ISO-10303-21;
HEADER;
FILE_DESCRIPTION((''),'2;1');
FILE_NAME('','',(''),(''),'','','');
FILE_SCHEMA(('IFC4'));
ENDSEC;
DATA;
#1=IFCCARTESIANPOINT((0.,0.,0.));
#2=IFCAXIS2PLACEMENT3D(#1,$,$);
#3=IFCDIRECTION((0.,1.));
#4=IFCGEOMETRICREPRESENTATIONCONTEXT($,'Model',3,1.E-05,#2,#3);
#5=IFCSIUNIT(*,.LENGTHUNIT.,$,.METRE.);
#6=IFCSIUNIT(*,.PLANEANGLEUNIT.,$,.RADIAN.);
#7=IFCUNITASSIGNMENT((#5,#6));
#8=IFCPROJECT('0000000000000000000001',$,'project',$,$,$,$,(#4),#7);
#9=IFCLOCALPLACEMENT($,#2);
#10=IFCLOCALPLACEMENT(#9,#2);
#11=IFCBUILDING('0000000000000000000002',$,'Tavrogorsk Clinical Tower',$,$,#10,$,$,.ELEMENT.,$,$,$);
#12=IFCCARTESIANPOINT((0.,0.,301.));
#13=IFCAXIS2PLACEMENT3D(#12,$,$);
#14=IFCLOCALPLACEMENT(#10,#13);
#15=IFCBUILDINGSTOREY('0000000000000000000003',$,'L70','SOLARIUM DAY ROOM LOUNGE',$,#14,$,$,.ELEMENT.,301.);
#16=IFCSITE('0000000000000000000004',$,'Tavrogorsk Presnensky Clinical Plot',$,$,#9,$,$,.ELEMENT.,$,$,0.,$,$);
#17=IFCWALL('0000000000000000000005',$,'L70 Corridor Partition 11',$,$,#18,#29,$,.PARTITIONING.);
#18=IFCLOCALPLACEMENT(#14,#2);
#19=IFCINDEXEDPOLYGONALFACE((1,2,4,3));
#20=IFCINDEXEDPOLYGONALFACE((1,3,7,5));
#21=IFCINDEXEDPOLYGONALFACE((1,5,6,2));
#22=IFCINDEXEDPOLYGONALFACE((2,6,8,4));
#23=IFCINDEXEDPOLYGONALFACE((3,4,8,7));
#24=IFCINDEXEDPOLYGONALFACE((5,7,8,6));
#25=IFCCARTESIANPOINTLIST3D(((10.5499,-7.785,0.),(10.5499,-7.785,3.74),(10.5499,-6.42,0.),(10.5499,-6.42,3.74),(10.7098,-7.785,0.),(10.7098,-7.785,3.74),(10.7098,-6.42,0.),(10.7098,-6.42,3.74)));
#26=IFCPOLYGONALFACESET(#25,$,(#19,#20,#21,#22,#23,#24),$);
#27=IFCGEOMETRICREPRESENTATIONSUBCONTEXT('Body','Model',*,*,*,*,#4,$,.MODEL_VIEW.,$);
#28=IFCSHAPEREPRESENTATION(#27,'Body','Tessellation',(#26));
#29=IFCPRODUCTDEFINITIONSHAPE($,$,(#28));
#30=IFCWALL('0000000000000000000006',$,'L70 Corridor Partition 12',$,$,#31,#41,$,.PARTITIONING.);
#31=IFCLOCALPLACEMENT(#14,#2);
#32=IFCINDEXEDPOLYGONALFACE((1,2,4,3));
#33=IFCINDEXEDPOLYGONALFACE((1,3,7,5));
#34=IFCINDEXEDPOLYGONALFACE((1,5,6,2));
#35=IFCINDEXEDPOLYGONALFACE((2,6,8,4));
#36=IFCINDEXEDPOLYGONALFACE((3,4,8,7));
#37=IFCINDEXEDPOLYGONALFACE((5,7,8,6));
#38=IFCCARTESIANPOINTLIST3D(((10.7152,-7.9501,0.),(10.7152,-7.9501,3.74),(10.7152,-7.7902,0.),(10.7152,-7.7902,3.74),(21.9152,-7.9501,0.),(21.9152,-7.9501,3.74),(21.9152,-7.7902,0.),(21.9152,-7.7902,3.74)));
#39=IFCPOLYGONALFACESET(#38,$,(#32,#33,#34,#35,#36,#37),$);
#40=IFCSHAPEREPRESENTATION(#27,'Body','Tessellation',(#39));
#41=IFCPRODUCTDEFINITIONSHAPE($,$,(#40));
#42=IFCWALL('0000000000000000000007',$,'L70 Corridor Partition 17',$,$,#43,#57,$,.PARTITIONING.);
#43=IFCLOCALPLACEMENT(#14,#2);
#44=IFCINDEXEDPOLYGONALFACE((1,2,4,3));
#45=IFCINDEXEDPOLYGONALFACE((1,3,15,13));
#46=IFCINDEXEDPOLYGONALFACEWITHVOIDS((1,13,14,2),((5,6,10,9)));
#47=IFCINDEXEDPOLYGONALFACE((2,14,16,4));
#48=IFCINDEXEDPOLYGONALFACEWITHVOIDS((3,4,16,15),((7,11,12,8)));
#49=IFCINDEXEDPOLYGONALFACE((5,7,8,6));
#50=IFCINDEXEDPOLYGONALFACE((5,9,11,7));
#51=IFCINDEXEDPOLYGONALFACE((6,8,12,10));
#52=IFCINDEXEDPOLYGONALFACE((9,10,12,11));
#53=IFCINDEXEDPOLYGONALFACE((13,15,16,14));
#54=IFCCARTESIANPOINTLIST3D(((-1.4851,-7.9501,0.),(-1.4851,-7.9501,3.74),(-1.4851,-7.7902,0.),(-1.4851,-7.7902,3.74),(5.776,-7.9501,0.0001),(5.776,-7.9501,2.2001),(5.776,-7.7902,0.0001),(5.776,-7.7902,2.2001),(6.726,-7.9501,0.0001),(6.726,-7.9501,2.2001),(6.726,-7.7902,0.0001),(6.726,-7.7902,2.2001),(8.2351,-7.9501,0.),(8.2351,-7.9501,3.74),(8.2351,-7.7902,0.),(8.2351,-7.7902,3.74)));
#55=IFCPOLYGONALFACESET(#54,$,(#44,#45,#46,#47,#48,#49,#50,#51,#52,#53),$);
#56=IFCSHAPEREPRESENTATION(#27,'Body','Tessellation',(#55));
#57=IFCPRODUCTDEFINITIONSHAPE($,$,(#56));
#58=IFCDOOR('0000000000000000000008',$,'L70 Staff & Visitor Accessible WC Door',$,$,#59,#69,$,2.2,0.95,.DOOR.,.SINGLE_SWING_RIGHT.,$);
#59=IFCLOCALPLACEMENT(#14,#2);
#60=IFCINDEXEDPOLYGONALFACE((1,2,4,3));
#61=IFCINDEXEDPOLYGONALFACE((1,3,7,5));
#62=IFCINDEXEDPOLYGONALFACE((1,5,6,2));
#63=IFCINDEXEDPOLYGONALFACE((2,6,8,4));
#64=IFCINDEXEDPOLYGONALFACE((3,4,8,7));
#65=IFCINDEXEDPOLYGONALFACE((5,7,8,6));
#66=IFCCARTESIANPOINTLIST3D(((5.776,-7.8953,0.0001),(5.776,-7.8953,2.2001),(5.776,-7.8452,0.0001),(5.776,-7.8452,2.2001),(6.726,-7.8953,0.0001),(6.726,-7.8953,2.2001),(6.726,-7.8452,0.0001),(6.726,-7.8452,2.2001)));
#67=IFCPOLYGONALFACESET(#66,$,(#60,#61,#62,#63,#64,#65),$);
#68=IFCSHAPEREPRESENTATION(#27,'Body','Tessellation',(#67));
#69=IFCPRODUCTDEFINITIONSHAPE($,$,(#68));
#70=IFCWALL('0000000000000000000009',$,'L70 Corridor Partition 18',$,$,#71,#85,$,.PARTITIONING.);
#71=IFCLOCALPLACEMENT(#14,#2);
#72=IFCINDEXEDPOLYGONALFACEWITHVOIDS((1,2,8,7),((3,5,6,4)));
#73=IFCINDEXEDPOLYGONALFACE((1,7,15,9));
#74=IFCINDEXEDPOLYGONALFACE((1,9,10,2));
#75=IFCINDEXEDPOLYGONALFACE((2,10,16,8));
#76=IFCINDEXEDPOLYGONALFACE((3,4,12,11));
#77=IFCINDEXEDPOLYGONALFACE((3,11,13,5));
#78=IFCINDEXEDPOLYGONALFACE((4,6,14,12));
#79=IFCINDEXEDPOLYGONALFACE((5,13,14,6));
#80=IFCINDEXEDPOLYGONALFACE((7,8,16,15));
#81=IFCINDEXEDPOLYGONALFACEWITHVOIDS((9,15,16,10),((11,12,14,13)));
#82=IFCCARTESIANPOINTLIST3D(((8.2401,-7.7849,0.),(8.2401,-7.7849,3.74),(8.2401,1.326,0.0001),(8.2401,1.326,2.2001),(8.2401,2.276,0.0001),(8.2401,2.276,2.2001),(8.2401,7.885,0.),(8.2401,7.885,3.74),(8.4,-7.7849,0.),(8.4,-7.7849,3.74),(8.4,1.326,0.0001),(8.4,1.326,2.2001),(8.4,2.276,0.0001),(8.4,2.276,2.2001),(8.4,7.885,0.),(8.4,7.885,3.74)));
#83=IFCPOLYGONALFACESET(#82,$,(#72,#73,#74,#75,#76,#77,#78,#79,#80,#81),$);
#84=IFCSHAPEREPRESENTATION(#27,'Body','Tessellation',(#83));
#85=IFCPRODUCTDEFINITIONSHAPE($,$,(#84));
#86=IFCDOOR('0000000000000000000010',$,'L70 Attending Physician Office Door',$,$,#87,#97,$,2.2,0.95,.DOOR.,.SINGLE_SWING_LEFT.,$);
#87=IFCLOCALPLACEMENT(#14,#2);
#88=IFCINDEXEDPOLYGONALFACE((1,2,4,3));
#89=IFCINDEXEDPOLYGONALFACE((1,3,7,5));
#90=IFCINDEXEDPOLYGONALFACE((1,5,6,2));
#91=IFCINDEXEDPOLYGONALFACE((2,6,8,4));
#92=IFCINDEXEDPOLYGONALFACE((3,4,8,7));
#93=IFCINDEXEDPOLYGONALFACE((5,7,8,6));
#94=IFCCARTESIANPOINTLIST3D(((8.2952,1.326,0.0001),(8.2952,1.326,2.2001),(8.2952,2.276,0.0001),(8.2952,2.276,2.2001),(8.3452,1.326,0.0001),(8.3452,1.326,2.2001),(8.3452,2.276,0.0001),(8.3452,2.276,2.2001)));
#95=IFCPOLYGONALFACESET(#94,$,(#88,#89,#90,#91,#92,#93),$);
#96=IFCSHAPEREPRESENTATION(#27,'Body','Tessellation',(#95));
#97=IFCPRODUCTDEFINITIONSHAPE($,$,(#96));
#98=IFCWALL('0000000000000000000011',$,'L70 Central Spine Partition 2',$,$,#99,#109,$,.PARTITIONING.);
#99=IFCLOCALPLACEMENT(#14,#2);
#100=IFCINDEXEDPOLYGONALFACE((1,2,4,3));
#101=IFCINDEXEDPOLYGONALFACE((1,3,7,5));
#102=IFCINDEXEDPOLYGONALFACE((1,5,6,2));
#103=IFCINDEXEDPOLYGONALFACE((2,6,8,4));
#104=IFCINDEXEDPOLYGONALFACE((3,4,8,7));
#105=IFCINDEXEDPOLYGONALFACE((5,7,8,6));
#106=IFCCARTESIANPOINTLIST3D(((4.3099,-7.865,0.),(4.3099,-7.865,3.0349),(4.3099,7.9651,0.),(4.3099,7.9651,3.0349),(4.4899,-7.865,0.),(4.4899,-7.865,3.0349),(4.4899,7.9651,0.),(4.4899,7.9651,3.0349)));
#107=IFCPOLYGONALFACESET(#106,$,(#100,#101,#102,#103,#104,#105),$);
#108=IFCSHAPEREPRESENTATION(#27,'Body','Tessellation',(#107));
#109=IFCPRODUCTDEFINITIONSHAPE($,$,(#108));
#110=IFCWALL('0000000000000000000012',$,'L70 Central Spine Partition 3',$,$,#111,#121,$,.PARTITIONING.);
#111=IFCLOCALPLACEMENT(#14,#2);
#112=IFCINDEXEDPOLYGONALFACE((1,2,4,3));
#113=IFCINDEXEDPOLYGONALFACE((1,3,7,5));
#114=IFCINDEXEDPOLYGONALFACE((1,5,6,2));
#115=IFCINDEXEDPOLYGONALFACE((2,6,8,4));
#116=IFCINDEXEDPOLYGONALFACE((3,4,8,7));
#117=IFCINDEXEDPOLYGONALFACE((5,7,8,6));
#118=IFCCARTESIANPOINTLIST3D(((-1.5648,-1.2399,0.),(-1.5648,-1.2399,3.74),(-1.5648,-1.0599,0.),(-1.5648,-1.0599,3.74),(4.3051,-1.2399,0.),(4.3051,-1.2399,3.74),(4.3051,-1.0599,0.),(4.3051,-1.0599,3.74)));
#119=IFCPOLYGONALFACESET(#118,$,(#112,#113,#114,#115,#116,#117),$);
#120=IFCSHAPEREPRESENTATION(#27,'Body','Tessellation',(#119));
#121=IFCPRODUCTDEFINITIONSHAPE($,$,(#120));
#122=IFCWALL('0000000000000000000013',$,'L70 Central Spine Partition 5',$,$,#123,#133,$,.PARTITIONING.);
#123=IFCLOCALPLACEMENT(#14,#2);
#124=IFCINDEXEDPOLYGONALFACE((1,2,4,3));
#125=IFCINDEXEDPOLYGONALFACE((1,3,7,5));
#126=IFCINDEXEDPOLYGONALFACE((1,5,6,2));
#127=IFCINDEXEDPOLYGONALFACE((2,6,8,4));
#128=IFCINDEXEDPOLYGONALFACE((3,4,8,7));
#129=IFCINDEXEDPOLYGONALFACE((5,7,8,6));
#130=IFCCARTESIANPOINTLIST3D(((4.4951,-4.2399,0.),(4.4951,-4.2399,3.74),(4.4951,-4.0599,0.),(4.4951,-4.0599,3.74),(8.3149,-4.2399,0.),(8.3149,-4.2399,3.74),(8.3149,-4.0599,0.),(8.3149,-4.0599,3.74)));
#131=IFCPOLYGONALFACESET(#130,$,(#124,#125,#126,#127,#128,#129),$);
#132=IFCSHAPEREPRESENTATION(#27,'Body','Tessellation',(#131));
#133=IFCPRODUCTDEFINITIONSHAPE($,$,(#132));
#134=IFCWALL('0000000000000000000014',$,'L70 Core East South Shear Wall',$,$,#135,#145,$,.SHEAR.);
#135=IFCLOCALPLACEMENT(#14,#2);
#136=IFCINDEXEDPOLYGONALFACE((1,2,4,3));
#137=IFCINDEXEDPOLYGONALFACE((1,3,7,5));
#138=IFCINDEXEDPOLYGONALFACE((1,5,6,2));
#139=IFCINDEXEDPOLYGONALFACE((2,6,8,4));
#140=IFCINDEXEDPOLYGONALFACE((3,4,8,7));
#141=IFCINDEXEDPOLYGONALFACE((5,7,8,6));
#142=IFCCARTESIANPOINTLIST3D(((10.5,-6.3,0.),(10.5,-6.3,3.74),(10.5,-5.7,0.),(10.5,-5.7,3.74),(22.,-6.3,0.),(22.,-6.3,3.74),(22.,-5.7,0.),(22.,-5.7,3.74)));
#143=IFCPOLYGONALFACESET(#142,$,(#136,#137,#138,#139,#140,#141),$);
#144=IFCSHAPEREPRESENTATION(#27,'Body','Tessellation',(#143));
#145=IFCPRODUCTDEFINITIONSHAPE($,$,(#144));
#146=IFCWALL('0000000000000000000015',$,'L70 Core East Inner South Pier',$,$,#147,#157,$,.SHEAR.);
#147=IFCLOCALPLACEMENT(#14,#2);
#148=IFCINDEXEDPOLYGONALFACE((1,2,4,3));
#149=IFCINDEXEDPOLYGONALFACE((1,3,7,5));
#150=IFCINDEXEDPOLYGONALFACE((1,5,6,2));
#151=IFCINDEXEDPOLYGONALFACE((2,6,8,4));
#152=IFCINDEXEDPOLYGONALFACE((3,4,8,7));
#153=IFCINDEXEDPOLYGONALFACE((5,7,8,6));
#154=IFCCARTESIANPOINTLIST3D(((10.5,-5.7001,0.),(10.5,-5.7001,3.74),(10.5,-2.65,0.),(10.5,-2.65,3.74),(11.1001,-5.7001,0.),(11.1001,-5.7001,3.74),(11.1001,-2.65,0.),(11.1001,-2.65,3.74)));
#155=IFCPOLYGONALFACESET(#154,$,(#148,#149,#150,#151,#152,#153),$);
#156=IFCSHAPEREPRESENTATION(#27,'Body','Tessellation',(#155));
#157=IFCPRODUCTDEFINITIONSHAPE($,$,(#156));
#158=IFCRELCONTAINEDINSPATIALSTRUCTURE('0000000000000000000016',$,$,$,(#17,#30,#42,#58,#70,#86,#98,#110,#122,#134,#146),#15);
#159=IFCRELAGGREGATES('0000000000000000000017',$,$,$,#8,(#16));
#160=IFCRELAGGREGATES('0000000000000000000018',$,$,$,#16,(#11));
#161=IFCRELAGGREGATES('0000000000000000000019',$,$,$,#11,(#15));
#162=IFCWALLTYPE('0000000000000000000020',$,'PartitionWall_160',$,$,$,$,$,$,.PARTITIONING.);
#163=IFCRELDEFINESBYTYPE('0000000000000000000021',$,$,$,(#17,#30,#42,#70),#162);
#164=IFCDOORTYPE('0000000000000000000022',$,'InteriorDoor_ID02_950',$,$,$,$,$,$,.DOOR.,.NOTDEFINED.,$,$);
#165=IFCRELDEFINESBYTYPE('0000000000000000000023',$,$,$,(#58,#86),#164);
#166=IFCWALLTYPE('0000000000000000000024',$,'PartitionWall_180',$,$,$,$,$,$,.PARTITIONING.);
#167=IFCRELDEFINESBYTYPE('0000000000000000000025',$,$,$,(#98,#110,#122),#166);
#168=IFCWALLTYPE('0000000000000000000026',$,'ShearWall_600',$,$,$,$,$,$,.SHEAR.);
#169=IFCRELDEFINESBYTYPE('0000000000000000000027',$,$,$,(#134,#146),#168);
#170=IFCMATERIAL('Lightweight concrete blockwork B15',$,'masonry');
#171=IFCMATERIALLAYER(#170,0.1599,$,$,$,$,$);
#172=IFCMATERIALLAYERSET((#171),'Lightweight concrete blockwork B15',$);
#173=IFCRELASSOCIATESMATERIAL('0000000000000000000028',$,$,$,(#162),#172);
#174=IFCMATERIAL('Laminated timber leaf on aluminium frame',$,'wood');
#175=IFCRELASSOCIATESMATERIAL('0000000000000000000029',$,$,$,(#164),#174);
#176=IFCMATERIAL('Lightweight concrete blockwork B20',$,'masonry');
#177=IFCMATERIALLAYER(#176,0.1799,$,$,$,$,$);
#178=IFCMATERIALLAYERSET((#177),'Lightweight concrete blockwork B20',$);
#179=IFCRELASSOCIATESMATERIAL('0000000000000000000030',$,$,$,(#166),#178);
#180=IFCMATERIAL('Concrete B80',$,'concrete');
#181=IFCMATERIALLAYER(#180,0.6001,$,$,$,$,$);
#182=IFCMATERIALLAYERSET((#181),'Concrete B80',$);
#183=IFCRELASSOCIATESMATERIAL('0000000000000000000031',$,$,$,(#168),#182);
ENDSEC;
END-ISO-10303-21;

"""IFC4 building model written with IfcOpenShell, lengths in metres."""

from ifc_helpers import new_model, si_unit, direction, frame, frame_2d, origin, place, context, subcontext, project, spatial, rectangle, extrude, material, layer, layer_set, type_object, element, fill, save


model = new_model("IFC4")

# Units and contexts
model_context = context("Model", 3, precision=1e-05, world=origin(), true_north=direction((0.0, 1.0)))
body_context = subcontext(model_context, "Body", "Model", "MODEL_VIEW")
ifc_project = project(units=[si_unit("LENGTHUNIT", "METRE"), si_unit("PLANEANGLEUNIT", "RADIAN")], contexts=[model_context])

# Site, building, storey
site_placement = place(None, origin())
site = spatial("IfcSite", under=ifc_project, at=site_placement, Name="Tavrogorsk Presnensky Clinical Plot", CompositionType="ELEMENT", RefElevation=0.0)
building_placement = place(site_placement, origin())
building = spatial("IfcBuilding", under=site, at=building_placement, Name="Tavrogorsk Clinical Tower", CompositionType="ELEMENT")
storey_placement = place(building_placement, frame((0.0, 0.0, 301.0)))
storey = spatial("IfcBuildingStorey", under=building, at=storey_placement, Name="L70", Description="SOLARIUM DAY ROOM LOUNGE", CompositionType="ELEMENT", Elevation=301.0)

# Shared definitions
ifc_material_1 = material(Name="Lightweight concrete blockwork B15", Category="masonry")
ifc_layer_1 = layer(ifc_material_1, 0.1599)
ifc_layer_set_1 = layer_set([ifc_layer_1], Name="Lightweight concrete blockwork B15")
wall_type_1 = type_object("IfcWallType", Name="PartitionWall_160", PredefinedType="PARTITIONING", material=ifc_layer_set_1)
ifc_material_2 = material(Name="Laminated timber leaf on aluminium frame", Category="wood")
door_type_1 = type_object("IfcDoorType", Name="InteriorDoor_ID02_950", OperationType="NOTDEFINED", PredefinedType="DOOR", material=ifc_material_2)

# Walls
wall_1_placement = place(storey_placement, frame((10.6299, -6.4199, 0.0), z_axis=(0.0, 0.0, 1.0), x_axis=(0.0, -1.0, 0.0)))
element("IfcWall", 1, at=wall_1_placement, inside=storey, type_object=wall_type_1, Name="L70 Corridor Partition 11", PredefinedType="PARTITIONING", context=body_context, shape_type="SweptSolid", body=[
    extrude(rectangle(XDim=1.365, YDim=0.1599, at=frame_2d((0.6826, 0.0))), origin(), (0.0, 0.0, 1.0), 3.74),
])
wall_2_placement = place(storey_placement, frame((10.7151, -7.8701, 0.0), z_axis=(0.0, 0.0, 1.0), x_axis=(1.0, 0.0, 0.0)))
element("IfcWall", 2, at=wall_2_placement, inside=storey, type_object=wall_type_1, Name="L70 Corridor Partition 12", PredefinedType="PARTITIONING", context=body_context, shape_type="SweptSolid", body=[
    extrude(rectangle(XDim=11.2, YDim=0.1599, at=frame_2d((5.6001, 0.0))), origin(), (0.0, 0.0, 1.0), 3.74),
])

# Walls, openings, doors
wall_3_placement = place(storey_placement, frame((-1.4851, -7.8701, 0.0), z_axis=(0.0, 0.0, 1.0), x_axis=(1.0, 0.0, 0.0)))
wall_3 = element("IfcWall", 3, at=wall_3_placement, inside=storey, type_object=wall_type_1, Name="L70 Corridor Partition 17", PredefinedType="PARTITIONING", context=body_context, shape_type="SweptSolid", body=[
    extrude(rectangle(XDim=9.7202, YDim=0.1599, at=frame_2d((4.8601, 0.0))), origin(), (0.0, 0.0, 1.0), 3.74),
])
opening_1_placement = place(wall_3_placement, frame((7.261, 0.0, 0.0)))
opening_1 = element("IfcOpeningElement", 4, at=opening_1_placement, cuts=wall_3, PredefinedType="OPENING", context=body_context, shape_type="SweptSolid", body=[
    extrude(rectangle(XDim=0.95, YDim=2.2, at=frame_2d((0.4751, 1.1001))), frame((0.0, 0.0898, 0.0), z_axis=(0.0, -1.0, 0.0), x_axis=(1.0, 0.0, 0.0)), (0.0, 0.0, 1.0), 0.1799),
])
door_1_placement = place(opening_1_placement, origin())
door_1 = element("IfcDoor", 5, at=door_1_placement, inside=storey, type_object=door_type_1, Name="L70 Staff & Visitor Accessible WC Door", OperationType="SINGLE_SWING_RIGHT", OverallHeight=2.2, OverallWidth=0.95, PredefinedType="DOOR", context=body_context, shape_type="SweptSolid", body=[
    extrude(rectangle(XDim=0.95, YDim=2.2, at=frame_2d((0.4751, 1.1001))), frame((0.0, 0.0249, 0.0), z_axis=(0.0, -1.0, 0.0), x_axis=(1.0, 0.0, 0.0)), (0.0, 0.0, 1.0), 0.05),
])
fill(opening_1, door_1)
wall_4_placement = place(storey_placement, frame((8.3201, -7.7849, 0.0), z_axis=(0.0, 0.0, 1.0), x_axis=(0.0, 1.0, 0.0)))
wall_4 = element("IfcWall", 6, at=wall_4_placement, inside=storey, type_object=wall_type_1, Name="L70 Corridor Partition 18", PredefinedType="PARTITIONING", context=body_context, shape_type="SweptSolid", body=[
    extrude(rectangle(XDim=15.6699, YDim=0.1599, at=frame_2d((7.835, 0.0))), origin(), (0.0, 0.0, 1.0), 3.74),
])
opening_2_placement = place(wall_4_placement, frame((9.1108, 0.0, 0.0)))
opening_2 = element("IfcOpeningElement", 7, at=opening_2_placement, cuts=wall_4, PredefinedType="OPENING", context=body_context, shape_type="SweptSolid", body=[
    extrude(rectangle(XDim=0.95, YDim=2.2, at=frame_2d((0.4751, 1.1001))), frame((0.0, 0.0898, 0.0), z_axis=(0.0, -1.0, 0.0), x_axis=(1.0, 0.0, 0.0)), (0.0, 0.0, 1.0), 0.1799),
])
door_2_placement = place(opening_2_placement, origin())
door_2 = element("IfcDoor", 8, at=door_2_placement, inside=storey, type_object=door_type_1, Name="L70 Attending Physician Office Door", OperationType="SINGLE_SWING_LEFT", OverallHeight=2.2, OverallWidth=0.95, PredefinedType="DOOR", context=body_context, shape_type="SweptSolid", body=[
    extrude(rectangle(XDim=0.95, YDim=2.2, at=frame_2d((0.4751, 1.1001))), frame((0.0, 0.0249, 0.0), z_axis=(0.0, -1.0, 0.0), x_axis=(1.0, 0.0, 0.0)), (0.0, 0.0, 1.0), 0.05),
])
fill(opening_2, door_2)

# Walls
ifc_material_3 = material(Name="Lightweight concrete blockwork B20", Category="masonry")
ifc_layer_2 = layer(ifc_material_3, 0.1799)
ifc_layer_set_2 = layer_set([ifc_layer_2], Name="Lightweight concrete blockwork B20")
wall_type_2 = type_object("IfcWallType", Name="PartitionWall_180", PredefinedType="PARTITIONING", material=ifc_layer_set_2)
wall_5_placement = place(storey_placement, frame((4.3999, -7.865, 0.0), z_axis=(0.0, 0.0, 1.0), x_axis=(0.0, 1.0, 0.0)))
element("IfcWall", 9, at=wall_5_placement, inside=storey, type_object=wall_type_2, Name="L70 Central Spine Partition 2", PredefinedType="PARTITIONING", context=body_context, shape_type="SweptSolid", body=[
    extrude(rectangle(XDim=15.8301, YDim=0.1799, at=frame_2d((7.915, 0.0))), origin(), (0.0, 0.0, 1.0), 3.0349),
])
wall_6_placement = place(storey_placement, frame((-1.5649, -1.1499, 0.0), z_axis=(0.0, 0.0, 1.0), x_axis=(1.0, 0.0, 0.0)))
element("IfcWall", 10, at=wall_6_placement, inside=storey, type_object=wall_type_2, Name="L70 Central Spine Partition 3", PredefinedType="PARTITIONING", context=body_context, shape_type="SweptSolid", body=[
    extrude(rectangle(XDim=5.8699, YDim=0.1799, at=frame_2d((2.9351, 0.0))), origin(), (0.0, 0.0, 1.0), 3.74),
])
wall_7_placement = place(storey_placement, frame((4.4951, -4.1499, 0.0), z_axis=(0.0, 0.0, 1.0), x_axis=(1.0, 0.0, 0.0)))
element("IfcWall", 11, at=wall_7_placement, inside=storey, type_object=wall_type_2, Name="L70 Central Spine Partition 5", PredefinedType="PARTITIONING", context=body_context, shape_type="SweptSolid", body=[
    extrude(rectangle(XDim=3.8198, YDim=0.1799, at=frame_2d((1.9099, 0.0))), origin(), (0.0, 0.0, 1.0), 3.74),
])
ifc_material_4 = material(Name="Concrete B80", Category="concrete")
ifc_layer_3 = layer(ifc_material_4, 0.6001)
ifc_layer_set_3 = layer_set([ifc_layer_3], Name="Concrete B80")
wall_type_3 = type_object("IfcWallType", Name="ShearWall_600", PredefinedType="SHEAR", material=ifc_layer_set_3)
wall_8_placement = place(storey_placement, frame((10.5, -6.0, 0.0), z_axis=(0.0, 0.0, 1.0), x_axis=(1.0, 0.0, 0.0)))
element("IfcWall", 12, at=wall_8_placement, inside=storey, type_object=wall_type_3, Name="L70 Core East South Shear Wall", PredefinedType="SHEAR", context=body_context, shape_type="SweptSolid", body=[
    extrude(rectangle(XDim=11.5, YDim=0.6001, at=frame_2d((5.75, 0.0))), origin(), (0.0, 0.0, 1.0), 3.74),
])
wall_9_placement = place(storey_placement, frame((10.8, -5.7, 0.0), z_axis=(0.0, 0.0, 1.0), x_axis=(0.0, 1.0, 0.0)))
element("IfcWall", 13, at=wall_9_placement, inside=storey, type_object=wall_type_3, Name="L70 Core East Inner South Pier", PredefinedType="SHEAR", context=body_context, shape_type="SweptSolid", body=[
    extrude(rectangle(XDim=3.05, YDim=0.6001, at=frame_2d((1.5249, 0.0))), origin(), (0.0, 0.0, 1.0), 3.74),
])

save(model, "model.ifc")
